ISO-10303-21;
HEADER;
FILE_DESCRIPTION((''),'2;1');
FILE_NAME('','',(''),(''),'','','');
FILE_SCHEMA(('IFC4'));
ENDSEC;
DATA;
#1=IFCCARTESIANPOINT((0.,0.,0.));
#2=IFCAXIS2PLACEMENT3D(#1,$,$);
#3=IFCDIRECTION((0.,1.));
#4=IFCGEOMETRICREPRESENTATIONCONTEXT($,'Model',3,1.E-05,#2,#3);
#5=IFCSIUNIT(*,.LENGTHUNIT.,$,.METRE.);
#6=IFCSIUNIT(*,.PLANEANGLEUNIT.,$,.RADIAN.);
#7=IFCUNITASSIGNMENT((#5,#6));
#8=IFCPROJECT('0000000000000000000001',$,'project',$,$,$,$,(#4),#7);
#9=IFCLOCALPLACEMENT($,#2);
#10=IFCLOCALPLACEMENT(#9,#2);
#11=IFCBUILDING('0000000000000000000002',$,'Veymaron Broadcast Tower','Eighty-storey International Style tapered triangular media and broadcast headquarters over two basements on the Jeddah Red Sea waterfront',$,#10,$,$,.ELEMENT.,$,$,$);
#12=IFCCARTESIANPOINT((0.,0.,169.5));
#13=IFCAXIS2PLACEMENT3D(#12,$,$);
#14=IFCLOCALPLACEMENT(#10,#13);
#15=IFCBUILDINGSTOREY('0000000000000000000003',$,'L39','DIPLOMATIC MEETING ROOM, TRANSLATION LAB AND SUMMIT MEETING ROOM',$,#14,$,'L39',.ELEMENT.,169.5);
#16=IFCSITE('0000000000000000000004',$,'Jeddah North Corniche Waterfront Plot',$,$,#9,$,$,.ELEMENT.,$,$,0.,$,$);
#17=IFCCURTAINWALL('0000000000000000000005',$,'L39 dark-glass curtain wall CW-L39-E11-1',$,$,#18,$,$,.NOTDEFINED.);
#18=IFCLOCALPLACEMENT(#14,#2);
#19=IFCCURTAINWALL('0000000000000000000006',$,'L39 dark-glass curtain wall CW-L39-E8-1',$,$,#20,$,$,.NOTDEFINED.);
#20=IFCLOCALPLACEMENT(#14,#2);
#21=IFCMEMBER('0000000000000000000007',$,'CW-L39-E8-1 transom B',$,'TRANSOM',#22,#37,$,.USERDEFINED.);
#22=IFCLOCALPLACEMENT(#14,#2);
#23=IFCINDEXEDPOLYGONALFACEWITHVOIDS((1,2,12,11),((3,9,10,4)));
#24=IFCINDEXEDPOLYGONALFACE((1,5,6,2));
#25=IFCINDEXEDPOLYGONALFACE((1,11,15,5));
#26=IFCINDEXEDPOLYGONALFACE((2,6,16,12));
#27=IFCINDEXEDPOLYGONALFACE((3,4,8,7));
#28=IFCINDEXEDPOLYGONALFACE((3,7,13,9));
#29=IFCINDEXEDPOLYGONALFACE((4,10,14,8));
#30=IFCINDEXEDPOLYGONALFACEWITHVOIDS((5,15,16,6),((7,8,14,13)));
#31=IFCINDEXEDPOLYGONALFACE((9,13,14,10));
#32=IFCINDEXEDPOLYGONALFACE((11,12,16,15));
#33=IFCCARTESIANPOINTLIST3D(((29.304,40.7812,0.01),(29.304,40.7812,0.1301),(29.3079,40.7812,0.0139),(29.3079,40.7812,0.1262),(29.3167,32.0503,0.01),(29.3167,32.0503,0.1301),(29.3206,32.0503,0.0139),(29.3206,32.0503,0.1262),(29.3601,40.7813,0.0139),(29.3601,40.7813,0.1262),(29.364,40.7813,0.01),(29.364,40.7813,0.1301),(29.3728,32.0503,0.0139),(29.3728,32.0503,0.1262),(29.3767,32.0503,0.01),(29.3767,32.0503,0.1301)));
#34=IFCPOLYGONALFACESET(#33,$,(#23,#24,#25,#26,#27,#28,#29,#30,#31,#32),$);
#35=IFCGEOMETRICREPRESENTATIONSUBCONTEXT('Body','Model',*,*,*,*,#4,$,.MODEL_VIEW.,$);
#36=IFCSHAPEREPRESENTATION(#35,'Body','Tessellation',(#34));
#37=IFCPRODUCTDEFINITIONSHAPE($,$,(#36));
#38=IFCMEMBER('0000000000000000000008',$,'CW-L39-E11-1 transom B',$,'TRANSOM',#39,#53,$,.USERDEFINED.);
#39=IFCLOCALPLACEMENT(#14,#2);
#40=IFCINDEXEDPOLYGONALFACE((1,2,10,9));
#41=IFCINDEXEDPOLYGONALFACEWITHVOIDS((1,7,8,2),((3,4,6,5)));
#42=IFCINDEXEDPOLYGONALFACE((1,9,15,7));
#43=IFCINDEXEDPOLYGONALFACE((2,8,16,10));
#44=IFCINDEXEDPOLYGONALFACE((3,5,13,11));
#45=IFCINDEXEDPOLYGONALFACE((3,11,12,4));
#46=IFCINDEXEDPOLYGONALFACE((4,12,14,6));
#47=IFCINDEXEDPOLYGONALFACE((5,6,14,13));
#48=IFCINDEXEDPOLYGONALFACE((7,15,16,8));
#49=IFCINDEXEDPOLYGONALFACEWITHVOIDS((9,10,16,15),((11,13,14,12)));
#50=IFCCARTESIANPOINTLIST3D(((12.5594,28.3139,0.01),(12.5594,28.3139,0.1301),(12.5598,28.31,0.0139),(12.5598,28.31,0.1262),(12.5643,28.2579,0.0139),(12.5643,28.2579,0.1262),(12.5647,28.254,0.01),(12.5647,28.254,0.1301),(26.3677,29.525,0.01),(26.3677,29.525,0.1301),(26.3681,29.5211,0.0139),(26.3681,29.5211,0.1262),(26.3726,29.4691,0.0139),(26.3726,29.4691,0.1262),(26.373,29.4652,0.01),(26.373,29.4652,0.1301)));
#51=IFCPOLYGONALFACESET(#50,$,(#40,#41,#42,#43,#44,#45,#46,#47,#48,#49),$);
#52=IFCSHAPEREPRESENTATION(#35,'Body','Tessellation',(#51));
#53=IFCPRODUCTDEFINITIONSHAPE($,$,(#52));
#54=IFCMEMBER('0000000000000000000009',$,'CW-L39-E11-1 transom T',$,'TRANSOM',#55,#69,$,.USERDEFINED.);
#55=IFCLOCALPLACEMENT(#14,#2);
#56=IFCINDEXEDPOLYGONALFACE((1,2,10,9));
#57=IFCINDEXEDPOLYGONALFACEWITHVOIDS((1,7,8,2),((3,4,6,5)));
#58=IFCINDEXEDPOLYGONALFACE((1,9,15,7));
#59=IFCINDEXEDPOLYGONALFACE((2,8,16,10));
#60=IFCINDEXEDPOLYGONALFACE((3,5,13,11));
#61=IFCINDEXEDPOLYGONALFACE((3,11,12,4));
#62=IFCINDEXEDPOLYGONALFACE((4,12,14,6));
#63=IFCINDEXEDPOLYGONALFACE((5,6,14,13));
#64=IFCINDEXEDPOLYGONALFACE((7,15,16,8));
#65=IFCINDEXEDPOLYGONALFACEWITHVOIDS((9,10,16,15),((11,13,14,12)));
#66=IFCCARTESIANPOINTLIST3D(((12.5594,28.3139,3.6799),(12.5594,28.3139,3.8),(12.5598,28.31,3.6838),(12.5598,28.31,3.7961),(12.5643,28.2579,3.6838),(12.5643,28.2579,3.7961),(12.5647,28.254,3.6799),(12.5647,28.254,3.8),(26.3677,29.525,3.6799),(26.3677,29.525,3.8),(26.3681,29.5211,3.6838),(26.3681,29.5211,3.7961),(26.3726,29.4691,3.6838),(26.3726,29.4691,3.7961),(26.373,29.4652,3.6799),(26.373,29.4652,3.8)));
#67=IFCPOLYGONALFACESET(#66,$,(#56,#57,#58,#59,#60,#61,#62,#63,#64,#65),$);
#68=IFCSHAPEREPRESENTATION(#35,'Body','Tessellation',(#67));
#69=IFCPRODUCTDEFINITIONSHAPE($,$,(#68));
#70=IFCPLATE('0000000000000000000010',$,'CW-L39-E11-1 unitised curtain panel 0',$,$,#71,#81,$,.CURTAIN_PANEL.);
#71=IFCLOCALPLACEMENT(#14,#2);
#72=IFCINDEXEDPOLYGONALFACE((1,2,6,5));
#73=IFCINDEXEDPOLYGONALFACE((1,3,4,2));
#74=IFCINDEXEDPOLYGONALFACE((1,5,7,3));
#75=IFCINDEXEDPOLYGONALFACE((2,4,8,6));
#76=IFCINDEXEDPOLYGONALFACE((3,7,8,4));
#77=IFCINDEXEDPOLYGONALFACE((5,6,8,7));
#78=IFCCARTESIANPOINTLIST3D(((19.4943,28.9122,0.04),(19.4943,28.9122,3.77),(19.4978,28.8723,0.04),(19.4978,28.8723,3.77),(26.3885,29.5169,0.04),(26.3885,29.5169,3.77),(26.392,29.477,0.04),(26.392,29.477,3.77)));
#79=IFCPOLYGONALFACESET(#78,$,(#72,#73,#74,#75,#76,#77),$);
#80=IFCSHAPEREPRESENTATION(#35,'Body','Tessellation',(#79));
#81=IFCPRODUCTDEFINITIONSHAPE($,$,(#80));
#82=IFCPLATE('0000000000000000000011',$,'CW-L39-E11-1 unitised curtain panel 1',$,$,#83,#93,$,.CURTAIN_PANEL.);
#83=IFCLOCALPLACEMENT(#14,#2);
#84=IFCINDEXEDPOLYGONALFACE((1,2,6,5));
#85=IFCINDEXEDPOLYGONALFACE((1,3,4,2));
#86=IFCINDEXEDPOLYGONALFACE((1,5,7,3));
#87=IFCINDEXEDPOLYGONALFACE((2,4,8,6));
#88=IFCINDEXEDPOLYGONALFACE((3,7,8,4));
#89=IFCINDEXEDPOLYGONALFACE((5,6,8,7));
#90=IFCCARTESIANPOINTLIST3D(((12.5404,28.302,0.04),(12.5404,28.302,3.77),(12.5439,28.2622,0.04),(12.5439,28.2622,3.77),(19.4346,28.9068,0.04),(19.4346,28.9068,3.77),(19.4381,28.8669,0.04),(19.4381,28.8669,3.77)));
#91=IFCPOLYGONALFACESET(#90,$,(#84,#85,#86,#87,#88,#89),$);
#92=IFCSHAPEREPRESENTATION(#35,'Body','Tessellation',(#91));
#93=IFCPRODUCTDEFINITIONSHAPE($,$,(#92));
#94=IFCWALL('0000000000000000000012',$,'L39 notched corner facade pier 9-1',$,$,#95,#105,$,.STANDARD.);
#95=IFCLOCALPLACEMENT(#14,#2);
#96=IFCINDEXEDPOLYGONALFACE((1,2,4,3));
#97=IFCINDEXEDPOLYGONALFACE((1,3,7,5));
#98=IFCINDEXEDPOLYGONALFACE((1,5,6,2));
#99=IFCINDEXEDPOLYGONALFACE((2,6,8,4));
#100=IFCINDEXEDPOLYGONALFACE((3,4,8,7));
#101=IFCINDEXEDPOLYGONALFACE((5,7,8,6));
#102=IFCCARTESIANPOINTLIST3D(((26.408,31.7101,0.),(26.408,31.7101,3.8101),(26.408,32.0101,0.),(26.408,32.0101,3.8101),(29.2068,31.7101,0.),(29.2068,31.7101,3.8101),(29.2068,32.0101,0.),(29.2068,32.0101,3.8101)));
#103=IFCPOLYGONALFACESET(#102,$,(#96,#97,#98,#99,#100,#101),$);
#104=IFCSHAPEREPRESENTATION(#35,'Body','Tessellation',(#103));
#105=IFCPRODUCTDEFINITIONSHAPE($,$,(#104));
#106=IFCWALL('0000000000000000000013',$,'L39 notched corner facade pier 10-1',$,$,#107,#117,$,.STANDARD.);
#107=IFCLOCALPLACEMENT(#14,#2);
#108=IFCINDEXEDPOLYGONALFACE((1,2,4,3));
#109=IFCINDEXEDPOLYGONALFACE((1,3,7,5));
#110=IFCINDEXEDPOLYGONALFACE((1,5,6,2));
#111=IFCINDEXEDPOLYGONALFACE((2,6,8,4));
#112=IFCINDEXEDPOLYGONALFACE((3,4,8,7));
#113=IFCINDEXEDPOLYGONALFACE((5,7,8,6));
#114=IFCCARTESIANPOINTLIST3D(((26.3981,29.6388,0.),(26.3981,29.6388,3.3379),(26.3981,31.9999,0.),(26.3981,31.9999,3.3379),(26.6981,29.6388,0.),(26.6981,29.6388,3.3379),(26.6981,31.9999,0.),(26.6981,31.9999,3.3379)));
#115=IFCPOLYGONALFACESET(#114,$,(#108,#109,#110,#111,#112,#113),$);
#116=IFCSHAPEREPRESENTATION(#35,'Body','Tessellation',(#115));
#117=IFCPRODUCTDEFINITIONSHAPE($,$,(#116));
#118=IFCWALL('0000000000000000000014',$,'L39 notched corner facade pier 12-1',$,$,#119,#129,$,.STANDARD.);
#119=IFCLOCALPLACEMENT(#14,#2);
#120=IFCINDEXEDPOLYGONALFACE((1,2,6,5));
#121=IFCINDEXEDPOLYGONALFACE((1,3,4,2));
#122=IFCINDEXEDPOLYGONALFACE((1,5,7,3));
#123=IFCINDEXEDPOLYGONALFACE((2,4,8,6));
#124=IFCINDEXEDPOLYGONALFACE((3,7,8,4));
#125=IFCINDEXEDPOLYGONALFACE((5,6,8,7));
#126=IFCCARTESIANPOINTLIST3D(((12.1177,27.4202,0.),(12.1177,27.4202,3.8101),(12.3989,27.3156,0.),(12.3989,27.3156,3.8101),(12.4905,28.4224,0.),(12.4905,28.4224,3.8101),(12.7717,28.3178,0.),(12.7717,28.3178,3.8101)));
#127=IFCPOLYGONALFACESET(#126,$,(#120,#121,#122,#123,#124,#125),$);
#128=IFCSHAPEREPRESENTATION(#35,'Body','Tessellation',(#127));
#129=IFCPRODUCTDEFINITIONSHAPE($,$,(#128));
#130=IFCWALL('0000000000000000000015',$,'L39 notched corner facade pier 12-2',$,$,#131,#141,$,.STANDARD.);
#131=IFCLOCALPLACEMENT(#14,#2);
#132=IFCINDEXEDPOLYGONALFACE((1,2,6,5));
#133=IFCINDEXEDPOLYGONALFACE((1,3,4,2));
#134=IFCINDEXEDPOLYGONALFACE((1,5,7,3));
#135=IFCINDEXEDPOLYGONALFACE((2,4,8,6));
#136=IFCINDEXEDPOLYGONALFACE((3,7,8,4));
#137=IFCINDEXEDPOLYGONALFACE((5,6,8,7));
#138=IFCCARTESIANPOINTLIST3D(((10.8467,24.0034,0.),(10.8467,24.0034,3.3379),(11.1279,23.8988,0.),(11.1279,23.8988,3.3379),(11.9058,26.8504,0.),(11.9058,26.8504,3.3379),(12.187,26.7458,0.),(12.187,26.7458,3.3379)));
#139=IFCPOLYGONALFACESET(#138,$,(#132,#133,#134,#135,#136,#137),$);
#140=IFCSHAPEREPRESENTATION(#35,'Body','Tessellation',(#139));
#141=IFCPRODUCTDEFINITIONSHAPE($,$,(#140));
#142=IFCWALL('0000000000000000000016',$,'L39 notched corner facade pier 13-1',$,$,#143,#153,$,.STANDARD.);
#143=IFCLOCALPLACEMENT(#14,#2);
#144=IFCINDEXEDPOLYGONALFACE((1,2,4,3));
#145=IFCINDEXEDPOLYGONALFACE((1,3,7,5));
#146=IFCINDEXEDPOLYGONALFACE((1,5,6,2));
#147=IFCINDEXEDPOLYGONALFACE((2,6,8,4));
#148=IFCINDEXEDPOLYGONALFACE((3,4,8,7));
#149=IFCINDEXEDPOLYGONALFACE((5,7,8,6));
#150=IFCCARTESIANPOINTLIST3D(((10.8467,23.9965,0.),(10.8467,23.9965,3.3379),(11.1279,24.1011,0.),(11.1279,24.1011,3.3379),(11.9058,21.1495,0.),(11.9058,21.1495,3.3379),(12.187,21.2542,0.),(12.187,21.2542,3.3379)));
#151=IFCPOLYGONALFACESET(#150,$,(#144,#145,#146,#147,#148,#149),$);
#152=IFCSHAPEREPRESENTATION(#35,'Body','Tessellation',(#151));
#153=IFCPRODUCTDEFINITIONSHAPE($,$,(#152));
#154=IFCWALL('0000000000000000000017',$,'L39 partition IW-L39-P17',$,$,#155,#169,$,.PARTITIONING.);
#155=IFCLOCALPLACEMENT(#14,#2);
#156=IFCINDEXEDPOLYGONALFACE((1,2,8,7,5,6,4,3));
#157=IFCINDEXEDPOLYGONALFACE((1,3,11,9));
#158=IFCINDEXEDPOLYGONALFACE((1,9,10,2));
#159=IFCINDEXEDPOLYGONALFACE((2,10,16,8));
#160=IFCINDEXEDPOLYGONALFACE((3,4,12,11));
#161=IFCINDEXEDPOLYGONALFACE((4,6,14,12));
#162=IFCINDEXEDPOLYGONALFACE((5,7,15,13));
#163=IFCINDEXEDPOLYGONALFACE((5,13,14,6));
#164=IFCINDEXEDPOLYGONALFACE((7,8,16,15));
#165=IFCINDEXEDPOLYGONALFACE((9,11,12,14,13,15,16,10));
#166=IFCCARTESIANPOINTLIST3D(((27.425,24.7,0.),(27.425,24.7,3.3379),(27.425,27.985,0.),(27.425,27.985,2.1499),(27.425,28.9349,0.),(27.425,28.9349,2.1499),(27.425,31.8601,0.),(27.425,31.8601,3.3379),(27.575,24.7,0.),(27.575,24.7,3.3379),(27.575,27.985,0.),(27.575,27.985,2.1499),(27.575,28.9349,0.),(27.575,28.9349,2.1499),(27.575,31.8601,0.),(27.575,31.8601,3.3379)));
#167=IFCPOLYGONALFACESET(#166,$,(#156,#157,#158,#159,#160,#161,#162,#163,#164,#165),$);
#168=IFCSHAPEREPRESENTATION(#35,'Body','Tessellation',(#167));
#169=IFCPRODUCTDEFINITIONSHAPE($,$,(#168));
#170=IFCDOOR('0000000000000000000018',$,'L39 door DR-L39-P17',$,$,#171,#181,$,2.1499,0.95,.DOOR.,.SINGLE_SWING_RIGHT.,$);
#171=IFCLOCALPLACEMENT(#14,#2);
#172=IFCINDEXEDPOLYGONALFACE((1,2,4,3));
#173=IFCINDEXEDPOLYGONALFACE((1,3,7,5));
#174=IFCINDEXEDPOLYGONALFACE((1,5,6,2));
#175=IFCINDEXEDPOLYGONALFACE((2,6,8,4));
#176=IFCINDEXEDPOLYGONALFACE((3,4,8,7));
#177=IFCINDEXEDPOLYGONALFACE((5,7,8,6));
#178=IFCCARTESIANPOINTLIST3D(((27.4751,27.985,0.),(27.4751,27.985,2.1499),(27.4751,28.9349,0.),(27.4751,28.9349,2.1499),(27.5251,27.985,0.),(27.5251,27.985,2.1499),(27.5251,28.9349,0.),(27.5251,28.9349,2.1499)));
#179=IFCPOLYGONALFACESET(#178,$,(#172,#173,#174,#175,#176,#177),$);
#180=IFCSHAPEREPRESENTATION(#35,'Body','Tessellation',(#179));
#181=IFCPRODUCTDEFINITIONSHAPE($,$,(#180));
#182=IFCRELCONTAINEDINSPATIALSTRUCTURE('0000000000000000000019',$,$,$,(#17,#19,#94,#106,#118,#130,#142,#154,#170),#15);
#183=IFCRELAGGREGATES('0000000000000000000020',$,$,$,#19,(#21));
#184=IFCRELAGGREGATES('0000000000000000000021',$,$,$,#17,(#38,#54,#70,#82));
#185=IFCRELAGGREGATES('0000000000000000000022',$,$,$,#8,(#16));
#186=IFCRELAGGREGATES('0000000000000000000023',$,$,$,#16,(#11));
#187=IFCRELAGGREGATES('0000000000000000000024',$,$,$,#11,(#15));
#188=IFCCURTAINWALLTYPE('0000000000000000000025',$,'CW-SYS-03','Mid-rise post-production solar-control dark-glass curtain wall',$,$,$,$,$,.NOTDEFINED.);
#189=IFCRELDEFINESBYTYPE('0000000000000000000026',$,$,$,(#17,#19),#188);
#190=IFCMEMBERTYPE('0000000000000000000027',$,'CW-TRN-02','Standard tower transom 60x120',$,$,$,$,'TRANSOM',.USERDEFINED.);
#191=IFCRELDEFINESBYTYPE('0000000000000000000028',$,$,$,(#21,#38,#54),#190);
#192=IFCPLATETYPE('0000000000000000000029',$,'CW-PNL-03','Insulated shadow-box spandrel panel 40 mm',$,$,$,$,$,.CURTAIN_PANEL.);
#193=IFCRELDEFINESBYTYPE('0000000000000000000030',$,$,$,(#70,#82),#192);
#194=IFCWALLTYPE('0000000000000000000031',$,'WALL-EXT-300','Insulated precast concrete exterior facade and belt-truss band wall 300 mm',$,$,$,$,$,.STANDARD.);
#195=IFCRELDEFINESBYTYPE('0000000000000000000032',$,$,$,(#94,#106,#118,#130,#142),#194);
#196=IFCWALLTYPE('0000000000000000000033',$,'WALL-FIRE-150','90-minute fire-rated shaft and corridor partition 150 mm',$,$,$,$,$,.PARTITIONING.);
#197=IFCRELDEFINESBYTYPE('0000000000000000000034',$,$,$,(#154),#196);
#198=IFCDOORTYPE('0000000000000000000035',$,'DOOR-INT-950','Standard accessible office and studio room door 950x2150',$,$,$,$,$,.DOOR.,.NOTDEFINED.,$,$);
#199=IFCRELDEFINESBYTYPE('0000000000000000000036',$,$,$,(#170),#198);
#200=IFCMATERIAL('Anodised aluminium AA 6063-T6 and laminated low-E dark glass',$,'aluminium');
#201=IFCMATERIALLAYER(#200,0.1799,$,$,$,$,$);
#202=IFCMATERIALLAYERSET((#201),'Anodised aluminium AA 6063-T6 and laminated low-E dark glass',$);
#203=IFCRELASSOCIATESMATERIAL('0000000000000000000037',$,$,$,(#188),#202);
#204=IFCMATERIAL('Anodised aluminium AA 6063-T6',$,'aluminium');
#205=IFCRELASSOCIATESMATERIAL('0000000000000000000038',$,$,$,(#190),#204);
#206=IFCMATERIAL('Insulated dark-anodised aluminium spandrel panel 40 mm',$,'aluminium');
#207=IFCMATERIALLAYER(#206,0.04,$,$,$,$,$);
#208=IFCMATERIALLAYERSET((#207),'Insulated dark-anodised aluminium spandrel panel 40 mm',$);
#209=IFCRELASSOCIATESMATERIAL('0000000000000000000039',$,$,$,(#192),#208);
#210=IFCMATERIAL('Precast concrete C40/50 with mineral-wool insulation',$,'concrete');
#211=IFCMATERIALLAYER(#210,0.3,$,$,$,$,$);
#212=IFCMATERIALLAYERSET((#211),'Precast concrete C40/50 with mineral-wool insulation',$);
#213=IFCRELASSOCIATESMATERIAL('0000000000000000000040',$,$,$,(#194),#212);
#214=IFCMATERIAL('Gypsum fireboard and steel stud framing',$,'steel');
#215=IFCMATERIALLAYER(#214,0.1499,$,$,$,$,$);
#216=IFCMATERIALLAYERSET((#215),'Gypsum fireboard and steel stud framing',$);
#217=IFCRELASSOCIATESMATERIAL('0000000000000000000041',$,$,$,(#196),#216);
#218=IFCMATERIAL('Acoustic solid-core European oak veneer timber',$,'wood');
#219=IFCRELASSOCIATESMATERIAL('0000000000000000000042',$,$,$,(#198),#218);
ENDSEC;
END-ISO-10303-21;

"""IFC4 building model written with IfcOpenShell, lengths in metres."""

from ifc_helpers import new_model, si_unit, direction, frame, frame_2d, origin, origin_2d, place, context, subcontext, project, spatial, rectangle, hollow_rectangle, extrude, material, layer, layer_set, material_profile, profile_set, type_object, element, fill, aggregate, save


model = new_model("IFC4")

# Units and contexts
model_context = context("Model", 3, precision=1e-05, world=origin(), true_north=direction((0.0, 1.0)))
body_context = subcontext(model_context, "Body", "Model", "MODEL_VIEW")
ifc_project = project(units=[si_unit("LENGTHUNIT", "METRE"), si_unit("PLANEANGLEUNIT", "RADIAN")], contexts=[model_context])

# Site, building, storey
site_placement = place(None, origin())
site = spatial("IfcSite", under=ifc_project, at=site_placement, Name="Jeddah North Corniche Waterfront Plot", CompositionType="ELEMENT", RefElevation=0.0)
building_placement = place(site_placement, origin())
building = spatial("IfcBuilding", under=site, at=building_placement, Name="Veymaron Broadcast Tower", Description="Eighty-storey International Style tapered triangular media and broadcast headquarters over two basements on the Jeddah Red Sea waterfront", CompositionType="ELEMENT")
storey_placement = place(building_placement, frame((0.0, 0.0, 169.5)))
storey = spatial("IfcBuildingStorey", under=building, at=storey_placement, Name="L39", Description="DIPLOMATIC MEETING ROOM, TRANSLATION LAB AND SUMMIT MEETING ROOM", LongName="L39", CompositionType="ELEMENT", Elevation=169.5)

# Curtain wall
ifc_material_1 = material(Name="Anodised aluminium AA 6063-T6 and laminated low-E dark glass", Category="aluminium")
ifc_layer_1 = layer(ifc_material_1, 0.1799)
ifc_layer_set_1 = layer_set([ifc_layer_1], Name="Anodised aluminium AA 6063-T6 and laminated low-E dark glass")
curtain_wall_type = type_object("IfcCurtainWallType", Name="CW-SYS-03", Description="Mid-rise post-production solar-control dark-glass curtain wall", PredefinedType="NOTDEFINED", material=ifc_layer_set_1)
curtain_wall_1_placement = place(storey_placement, origin())
curtain_wall_1 = element("IfcCurtainWall", 1, at=curtain_wall_1_placement, inside=storey, type_object=curtain_wall_type, Name="L39 dark-glass curtain wall CW-L39-E11-1", PredefinedType="NOTDEFINED")
ifc_material_2 = material(Name="Anodised aluminium AA 6063-T6", Category="aluminium")

# Curtain wall, member
curtain_wall_2_placement = place(storey_placement, origin())
curtain_wall_2 = element("IfcCurtainWall", 2, at=curtain_wall_2_placement, inside=storey, type_object=curtain_wall_type, Name="L39 dark-glass curtain wall CW-L39-E8-1", PredefinedType="NOTDEFINED")
ifc_material_profile_1 = material_profile(ifc_material_2, hollow_rectangle(XDim=0.0601, YDim=0.1201, WallThickness=0.0039, at=origin_2d()), Name="AL120X60X4")
ifc_profile_set_1 = profile_set([ifc_material_profile_1], Name="Anodised aluminium AA 6063-T6")
member_type_1 = type_object("IfcMemberType", Name="CW-TRN-02", Description="Standard tower transom 60x120", ElementType="TRANSOM", PredefinedType="USERDEFINED", material=ifc_profile_set_1)
member_1_placement = place(storey_placement, frame((29.334, 40.7812, 0.0701), z_axis=(0.001454, -0.999999, 0.0), x_axis=(0.999999, 0.001454, 0.0)))
member_1 = element("IfcMember", 3, at=member_1_placement, type_object=member_type_1, Name="CW-L39-E8-1 transom B", ObjectType="TRANSOM", PredefinedType="USERDEFINED", context=body_context, shape_type="SweptSolid", body=[
    extrude(hollow_rectangle(XDim=0.0601, YDim=0.1201, WallThickness=0.0039, at=origin_2d()), origin(), (0.0, 0.0, 1.0), 8.731),
])
aggregate(curtain_wall_2, [member_1])

# Members
member_2_placement = place(storey_placement, frame((26.3704, 29.4951, 0.0701), z_axis=(-0.996175, -0.087378, 0.0), x_axis=(0.087378, -0.996175, 0.0)))
member_2 = element("IfcMember", 4, at=member_2_placement, type_object=member_type_1, Name="CW-L39-E11-1 transom B", ObjectType="TRANSOM", PredefinedType="USERDEFINED", context=body_context, shape_type="SweptSolid", body=[
    extrude(hollow_rectangle(XDim=0.0601, YDim=0.1201, WallThickness=0.0039, at=origin_2d()), origin(), (0.0, 0.0, 1.0), 13.8613),
])
member_3_placement = place(storey_placement, frame((26.3704, 29.4951, 3.74), z_axis=(-0.996175, -0.087378, 0.0), x_axis=(0.087378, -0.996175, 0.0)))
member_3 = element("IfcMember", 5, at=member_3_placement, type_object=member_type_1, Name="CW-L39-E11-1 transom T", ObjectType="TRANSOM", PredefinedType="USERDEFINED", context=body_context, shape_type="SweptSolid", body=[
    extrude(hollow_rectangle(XDim=0.0601, YDim=0.1201, WallThickness=0.0039, at=origin_2d()), origin(), (0.0, 0.0, 1.0), 13.8613),
])

# Plates
ifc_material_3 = material(Name="Insulated dark-anodised aluminium spandrel panel 40 mm", Category="aluminium")
ifc_layer_2 = layer(ifc_material_3, 0.04)
ifc_layer_set_2 = layer_set([ifc_layer_2], Name="Insulated dark-anodised aluminium spandrel panel 40 mm")
plate_type = type_object("IfcPlateType", Name="CW-PNL-03", Description="Insulated shadow-box spandrel panel 40 mm", PredefinedType="CURTAIN_PANEL", material=ifc_layer_set_2)
plate_1_placement = place(storey_placement, frame((22.9431, 29.1946, 0.04), z_axis=(0.0, 0.0, 1.0), x_axis=(-0.996175, -0.087382, 0.0)))
plate_1 = element("IfcPlate", 6, at=plate_1_placement, type_object=plate_type, Name="CW-L39-E11-1 unitised curtain panel 0", PredefinedType="CURTAIN_PANEL", context=body_context, shape_type="SweptSolid", body=[
    extrude(rectangle(XDim=6.9207, YDim=0.04, at=origin_2d()), origin(), (0.0, 0.0, 1.0), 3.73),
])
plate_2_placement = place(storey_placement, frame((15.9893, 28.5845, 0.04), z_axis=(0.0, 0.0, 1.0), x_axis=(-0.996175, -0.087382, 0.0)))
plate_2 = element("IfcPlate", 7, at=plate_2_placement, type_object=plate_type, Name="CW-L39-E11-1 unitised curtain panel 1", PredefinedType="CURTAIN_PANEL", context=body_context, shape_type="SweptSolid", body=[
    extrude(rectangle(XDim=6.9207, YDim=0.04, at=origin_2d()), origin(), (0.0, 0.0, 1.0), 3.73),
])
aggregate(curtain_wall_1, [member_2, member_3, plate_1, plate_2])

# Walls
ifc_material_4 = material(Name="Precast concrete C40/50 with mineral-wool insulation", Category="concrete")
ifc_layer_3 = layer(ifc_material_4, 0.3)
ifc_layer_set_3 = layer_set([ifc_layer_3], Name="Precast concrete C40/50 with mineral-wool insulation")
wall_type_1 = type_object("IfcWallType", Name="WALL-EXT-300", Description="Insulated precast concrete exterior facade and belt-truss band wall 300 mm", PredefinedType="STANDARD", material=ifc_layer_set_3)
wall_1_placement = place(storey_placement, frame((29.2068, 31.8601, 0.0), z_axis=(0.0, 0.0, 1.0), x_axis=(-1.0, 0.0, 0.0)))
element("IfcWall", 8, at=wall_1_placement, inside=storey, type_object=wall_type_1, Name="L39 notched corner facade pier 9-1", PredefinedType="STANDARD", context=body_context, shape_type="SweptSolid", body=[
    extrude(rectangle(XDim=2.7988, YDim=0.3, at=frame_2d((1.3994, 0.0))), origin(), (0.0, 0.0, 1.0), 3.8101),
])
wall_2_placement = place(storey_placement, frame((26.5481, 32.0, 0.0), z_axis=(0.0, 0.0, 1.0), x_axis=(0.0, -1.0, 0.0)))
element("IfcWall", 9, at=wall_2_placement, inside=storey, type_object=wall_type_1, Name="L39 notched corner facade pier 10-1", PredefinedType="STANDARD", context=body_context, shape_type="SweptSolid", body=[
    extrude(rectangle(XDim=2.3611, YDim=0.3, at=frame_2d((1.1807, 0.0))), origin(), (0.0, 0.0, 1.0), 3.3379),
])
wall_3_placement = place(storey_placement, frame((12.6311, 28.3701, 0.0), z_axis=(0.0, 0.0, 1.0), x_axis=(-0.348645, -0.937255, 0.0)))
element("IfcWall", 10, at=wall_3_placement, inside=storey, type_object=wall_type_1, Name="L39 notched corner facade pier 12-1", PredefinedType="STANDARD", context=body_context, shape_type="SweptSolid", body=[
    extrude(rectangle(XDim=1.0693, YDim=0.3, at=frame_2d((0.5347, 0.0))), origin(), (0.0, 0.0, 1.0), 3.8101),
])
for number, where, z_axis, x_axis, name in (
    (11, (12.0464, 26.7981, 0.0), (0.0, 0.0, 1.0), (-0.348665, -0.937248, 0.0), "L39 notched corner facade pier 12-2"),
    (12, (10.9873, 24.0488, 0.0), (0.0, 0.0, 1.0), (0.348665, -0.937248, 0.0), "L39 notched corner facade pier 13-1"),
):
    element("IfcWall", number, at=place(storey_placement, frame(where, z_axis=z_axis, x_axis=x_axis)), inside=storey, type_object=wall_type_1, Name=name, PredefinedType="STANDARD", context=body_context, shape_type="SweptSolid", body=[
        extrude(rectangle(XDim=3.0376, YDim=0.3, at=frame_2d((1.5188, 0.0))), origin(), (0.0, 0.0, 1.0), 3.3379),
    ])

# Wall, opening, door
ifc_material_5 = material(Name="Gypsum fireboard and steel stud framing", Category="steel")
ifc_layer_4 = layer(ifc_material_5, 0.1499)
ifc_layer_set_4 = layer_set([ifc_layer_4], Name="Gypsum fireboard and steel stud framing")
wall_type_2 = type_object("IfcWallType", Name="WALL-FIRE-150", Description="90-minute fire-rated shaft and corridor partition 150 mm", PredefinedType="PARTITIONING", material=ifc_layer_set_4)
wall_4_placement = place(storey_placement, frame((27.5, 24.7, 0.0), z_axis=(0.0, 0.0, 1.0), x_axis=(0.0, 1.0, 0.0)))
wall_4 = element("IfcWall", 13, at=wall_4_placement, inside=storey, type_object=wall_type_2, Name="L39 partition IW-L39-P17", PredefinedType="PARTITIONING", context=body_context, shape_type="SweptSolid", body=[
    extrude(rectangle(XDim=7.1602, YDim=0.1499, at=frame_2d((3.5801, 0.0))), origin(), (0.0, 0.0, 1.0), 3.3379),
])
opening_placement = place(wall_4_placement, frame((3.2849, 0.0, 0.0)))
opening = element("IfcOpeningElement", 14, at=opening_placement, cuts=wall_4, PredefinedType="OPENING", context=body_context, shape_type="SweptSolid", body=[
    extrude(rectangle(XDim=0.95, YDim=2.1499, at=frame_2d((0.4751, 1.075))), frame((0.0, 0.085, 0.0), z_axis=(0.0, -1.0, 0.0), x_axis=(1.0, 0.0, 0.0)), (0.0, 0.0, 1.0), 0.1699),
])
ifc_material_6 = material(Name="Acoustic solid-core European oak veneer timber", Category="wood")
door_type = type_object("IfcDoorType", Name="DOOR-INT-950", Description="Standard accessible office and studio room door 950x2150", OperationType="NOTDEFINED", PredefinedType="DOOR", material=ifc_material_6)
door_placement = place(opening_placement, origin())
door = element("IfcDoor", 15, at=door_placement, inside=storey, type_object=door_type, Name="L39 door DR-L39-P17", OperationType="SINGLE_SWING_RIGHT", OverallHeight=2.1499, OverallWidth=0.95, PredefinedType="DOOR", context=body_context, shape_type="SweptSolid", body=[
    extrude(rectangle(XDim=0.95, YDim=2.1499, at=frame_2d((0.4751, 1.075))), frame((0.0, 0.0249, 0.0), z_axis=(0.0, -1.0, 0.0), x_axis=(1.0, 0.0, 0.0)), (0.0, 0.0, 1.0), 0.05),
])
fill(opening, door)

save(model, "model.ifc")
